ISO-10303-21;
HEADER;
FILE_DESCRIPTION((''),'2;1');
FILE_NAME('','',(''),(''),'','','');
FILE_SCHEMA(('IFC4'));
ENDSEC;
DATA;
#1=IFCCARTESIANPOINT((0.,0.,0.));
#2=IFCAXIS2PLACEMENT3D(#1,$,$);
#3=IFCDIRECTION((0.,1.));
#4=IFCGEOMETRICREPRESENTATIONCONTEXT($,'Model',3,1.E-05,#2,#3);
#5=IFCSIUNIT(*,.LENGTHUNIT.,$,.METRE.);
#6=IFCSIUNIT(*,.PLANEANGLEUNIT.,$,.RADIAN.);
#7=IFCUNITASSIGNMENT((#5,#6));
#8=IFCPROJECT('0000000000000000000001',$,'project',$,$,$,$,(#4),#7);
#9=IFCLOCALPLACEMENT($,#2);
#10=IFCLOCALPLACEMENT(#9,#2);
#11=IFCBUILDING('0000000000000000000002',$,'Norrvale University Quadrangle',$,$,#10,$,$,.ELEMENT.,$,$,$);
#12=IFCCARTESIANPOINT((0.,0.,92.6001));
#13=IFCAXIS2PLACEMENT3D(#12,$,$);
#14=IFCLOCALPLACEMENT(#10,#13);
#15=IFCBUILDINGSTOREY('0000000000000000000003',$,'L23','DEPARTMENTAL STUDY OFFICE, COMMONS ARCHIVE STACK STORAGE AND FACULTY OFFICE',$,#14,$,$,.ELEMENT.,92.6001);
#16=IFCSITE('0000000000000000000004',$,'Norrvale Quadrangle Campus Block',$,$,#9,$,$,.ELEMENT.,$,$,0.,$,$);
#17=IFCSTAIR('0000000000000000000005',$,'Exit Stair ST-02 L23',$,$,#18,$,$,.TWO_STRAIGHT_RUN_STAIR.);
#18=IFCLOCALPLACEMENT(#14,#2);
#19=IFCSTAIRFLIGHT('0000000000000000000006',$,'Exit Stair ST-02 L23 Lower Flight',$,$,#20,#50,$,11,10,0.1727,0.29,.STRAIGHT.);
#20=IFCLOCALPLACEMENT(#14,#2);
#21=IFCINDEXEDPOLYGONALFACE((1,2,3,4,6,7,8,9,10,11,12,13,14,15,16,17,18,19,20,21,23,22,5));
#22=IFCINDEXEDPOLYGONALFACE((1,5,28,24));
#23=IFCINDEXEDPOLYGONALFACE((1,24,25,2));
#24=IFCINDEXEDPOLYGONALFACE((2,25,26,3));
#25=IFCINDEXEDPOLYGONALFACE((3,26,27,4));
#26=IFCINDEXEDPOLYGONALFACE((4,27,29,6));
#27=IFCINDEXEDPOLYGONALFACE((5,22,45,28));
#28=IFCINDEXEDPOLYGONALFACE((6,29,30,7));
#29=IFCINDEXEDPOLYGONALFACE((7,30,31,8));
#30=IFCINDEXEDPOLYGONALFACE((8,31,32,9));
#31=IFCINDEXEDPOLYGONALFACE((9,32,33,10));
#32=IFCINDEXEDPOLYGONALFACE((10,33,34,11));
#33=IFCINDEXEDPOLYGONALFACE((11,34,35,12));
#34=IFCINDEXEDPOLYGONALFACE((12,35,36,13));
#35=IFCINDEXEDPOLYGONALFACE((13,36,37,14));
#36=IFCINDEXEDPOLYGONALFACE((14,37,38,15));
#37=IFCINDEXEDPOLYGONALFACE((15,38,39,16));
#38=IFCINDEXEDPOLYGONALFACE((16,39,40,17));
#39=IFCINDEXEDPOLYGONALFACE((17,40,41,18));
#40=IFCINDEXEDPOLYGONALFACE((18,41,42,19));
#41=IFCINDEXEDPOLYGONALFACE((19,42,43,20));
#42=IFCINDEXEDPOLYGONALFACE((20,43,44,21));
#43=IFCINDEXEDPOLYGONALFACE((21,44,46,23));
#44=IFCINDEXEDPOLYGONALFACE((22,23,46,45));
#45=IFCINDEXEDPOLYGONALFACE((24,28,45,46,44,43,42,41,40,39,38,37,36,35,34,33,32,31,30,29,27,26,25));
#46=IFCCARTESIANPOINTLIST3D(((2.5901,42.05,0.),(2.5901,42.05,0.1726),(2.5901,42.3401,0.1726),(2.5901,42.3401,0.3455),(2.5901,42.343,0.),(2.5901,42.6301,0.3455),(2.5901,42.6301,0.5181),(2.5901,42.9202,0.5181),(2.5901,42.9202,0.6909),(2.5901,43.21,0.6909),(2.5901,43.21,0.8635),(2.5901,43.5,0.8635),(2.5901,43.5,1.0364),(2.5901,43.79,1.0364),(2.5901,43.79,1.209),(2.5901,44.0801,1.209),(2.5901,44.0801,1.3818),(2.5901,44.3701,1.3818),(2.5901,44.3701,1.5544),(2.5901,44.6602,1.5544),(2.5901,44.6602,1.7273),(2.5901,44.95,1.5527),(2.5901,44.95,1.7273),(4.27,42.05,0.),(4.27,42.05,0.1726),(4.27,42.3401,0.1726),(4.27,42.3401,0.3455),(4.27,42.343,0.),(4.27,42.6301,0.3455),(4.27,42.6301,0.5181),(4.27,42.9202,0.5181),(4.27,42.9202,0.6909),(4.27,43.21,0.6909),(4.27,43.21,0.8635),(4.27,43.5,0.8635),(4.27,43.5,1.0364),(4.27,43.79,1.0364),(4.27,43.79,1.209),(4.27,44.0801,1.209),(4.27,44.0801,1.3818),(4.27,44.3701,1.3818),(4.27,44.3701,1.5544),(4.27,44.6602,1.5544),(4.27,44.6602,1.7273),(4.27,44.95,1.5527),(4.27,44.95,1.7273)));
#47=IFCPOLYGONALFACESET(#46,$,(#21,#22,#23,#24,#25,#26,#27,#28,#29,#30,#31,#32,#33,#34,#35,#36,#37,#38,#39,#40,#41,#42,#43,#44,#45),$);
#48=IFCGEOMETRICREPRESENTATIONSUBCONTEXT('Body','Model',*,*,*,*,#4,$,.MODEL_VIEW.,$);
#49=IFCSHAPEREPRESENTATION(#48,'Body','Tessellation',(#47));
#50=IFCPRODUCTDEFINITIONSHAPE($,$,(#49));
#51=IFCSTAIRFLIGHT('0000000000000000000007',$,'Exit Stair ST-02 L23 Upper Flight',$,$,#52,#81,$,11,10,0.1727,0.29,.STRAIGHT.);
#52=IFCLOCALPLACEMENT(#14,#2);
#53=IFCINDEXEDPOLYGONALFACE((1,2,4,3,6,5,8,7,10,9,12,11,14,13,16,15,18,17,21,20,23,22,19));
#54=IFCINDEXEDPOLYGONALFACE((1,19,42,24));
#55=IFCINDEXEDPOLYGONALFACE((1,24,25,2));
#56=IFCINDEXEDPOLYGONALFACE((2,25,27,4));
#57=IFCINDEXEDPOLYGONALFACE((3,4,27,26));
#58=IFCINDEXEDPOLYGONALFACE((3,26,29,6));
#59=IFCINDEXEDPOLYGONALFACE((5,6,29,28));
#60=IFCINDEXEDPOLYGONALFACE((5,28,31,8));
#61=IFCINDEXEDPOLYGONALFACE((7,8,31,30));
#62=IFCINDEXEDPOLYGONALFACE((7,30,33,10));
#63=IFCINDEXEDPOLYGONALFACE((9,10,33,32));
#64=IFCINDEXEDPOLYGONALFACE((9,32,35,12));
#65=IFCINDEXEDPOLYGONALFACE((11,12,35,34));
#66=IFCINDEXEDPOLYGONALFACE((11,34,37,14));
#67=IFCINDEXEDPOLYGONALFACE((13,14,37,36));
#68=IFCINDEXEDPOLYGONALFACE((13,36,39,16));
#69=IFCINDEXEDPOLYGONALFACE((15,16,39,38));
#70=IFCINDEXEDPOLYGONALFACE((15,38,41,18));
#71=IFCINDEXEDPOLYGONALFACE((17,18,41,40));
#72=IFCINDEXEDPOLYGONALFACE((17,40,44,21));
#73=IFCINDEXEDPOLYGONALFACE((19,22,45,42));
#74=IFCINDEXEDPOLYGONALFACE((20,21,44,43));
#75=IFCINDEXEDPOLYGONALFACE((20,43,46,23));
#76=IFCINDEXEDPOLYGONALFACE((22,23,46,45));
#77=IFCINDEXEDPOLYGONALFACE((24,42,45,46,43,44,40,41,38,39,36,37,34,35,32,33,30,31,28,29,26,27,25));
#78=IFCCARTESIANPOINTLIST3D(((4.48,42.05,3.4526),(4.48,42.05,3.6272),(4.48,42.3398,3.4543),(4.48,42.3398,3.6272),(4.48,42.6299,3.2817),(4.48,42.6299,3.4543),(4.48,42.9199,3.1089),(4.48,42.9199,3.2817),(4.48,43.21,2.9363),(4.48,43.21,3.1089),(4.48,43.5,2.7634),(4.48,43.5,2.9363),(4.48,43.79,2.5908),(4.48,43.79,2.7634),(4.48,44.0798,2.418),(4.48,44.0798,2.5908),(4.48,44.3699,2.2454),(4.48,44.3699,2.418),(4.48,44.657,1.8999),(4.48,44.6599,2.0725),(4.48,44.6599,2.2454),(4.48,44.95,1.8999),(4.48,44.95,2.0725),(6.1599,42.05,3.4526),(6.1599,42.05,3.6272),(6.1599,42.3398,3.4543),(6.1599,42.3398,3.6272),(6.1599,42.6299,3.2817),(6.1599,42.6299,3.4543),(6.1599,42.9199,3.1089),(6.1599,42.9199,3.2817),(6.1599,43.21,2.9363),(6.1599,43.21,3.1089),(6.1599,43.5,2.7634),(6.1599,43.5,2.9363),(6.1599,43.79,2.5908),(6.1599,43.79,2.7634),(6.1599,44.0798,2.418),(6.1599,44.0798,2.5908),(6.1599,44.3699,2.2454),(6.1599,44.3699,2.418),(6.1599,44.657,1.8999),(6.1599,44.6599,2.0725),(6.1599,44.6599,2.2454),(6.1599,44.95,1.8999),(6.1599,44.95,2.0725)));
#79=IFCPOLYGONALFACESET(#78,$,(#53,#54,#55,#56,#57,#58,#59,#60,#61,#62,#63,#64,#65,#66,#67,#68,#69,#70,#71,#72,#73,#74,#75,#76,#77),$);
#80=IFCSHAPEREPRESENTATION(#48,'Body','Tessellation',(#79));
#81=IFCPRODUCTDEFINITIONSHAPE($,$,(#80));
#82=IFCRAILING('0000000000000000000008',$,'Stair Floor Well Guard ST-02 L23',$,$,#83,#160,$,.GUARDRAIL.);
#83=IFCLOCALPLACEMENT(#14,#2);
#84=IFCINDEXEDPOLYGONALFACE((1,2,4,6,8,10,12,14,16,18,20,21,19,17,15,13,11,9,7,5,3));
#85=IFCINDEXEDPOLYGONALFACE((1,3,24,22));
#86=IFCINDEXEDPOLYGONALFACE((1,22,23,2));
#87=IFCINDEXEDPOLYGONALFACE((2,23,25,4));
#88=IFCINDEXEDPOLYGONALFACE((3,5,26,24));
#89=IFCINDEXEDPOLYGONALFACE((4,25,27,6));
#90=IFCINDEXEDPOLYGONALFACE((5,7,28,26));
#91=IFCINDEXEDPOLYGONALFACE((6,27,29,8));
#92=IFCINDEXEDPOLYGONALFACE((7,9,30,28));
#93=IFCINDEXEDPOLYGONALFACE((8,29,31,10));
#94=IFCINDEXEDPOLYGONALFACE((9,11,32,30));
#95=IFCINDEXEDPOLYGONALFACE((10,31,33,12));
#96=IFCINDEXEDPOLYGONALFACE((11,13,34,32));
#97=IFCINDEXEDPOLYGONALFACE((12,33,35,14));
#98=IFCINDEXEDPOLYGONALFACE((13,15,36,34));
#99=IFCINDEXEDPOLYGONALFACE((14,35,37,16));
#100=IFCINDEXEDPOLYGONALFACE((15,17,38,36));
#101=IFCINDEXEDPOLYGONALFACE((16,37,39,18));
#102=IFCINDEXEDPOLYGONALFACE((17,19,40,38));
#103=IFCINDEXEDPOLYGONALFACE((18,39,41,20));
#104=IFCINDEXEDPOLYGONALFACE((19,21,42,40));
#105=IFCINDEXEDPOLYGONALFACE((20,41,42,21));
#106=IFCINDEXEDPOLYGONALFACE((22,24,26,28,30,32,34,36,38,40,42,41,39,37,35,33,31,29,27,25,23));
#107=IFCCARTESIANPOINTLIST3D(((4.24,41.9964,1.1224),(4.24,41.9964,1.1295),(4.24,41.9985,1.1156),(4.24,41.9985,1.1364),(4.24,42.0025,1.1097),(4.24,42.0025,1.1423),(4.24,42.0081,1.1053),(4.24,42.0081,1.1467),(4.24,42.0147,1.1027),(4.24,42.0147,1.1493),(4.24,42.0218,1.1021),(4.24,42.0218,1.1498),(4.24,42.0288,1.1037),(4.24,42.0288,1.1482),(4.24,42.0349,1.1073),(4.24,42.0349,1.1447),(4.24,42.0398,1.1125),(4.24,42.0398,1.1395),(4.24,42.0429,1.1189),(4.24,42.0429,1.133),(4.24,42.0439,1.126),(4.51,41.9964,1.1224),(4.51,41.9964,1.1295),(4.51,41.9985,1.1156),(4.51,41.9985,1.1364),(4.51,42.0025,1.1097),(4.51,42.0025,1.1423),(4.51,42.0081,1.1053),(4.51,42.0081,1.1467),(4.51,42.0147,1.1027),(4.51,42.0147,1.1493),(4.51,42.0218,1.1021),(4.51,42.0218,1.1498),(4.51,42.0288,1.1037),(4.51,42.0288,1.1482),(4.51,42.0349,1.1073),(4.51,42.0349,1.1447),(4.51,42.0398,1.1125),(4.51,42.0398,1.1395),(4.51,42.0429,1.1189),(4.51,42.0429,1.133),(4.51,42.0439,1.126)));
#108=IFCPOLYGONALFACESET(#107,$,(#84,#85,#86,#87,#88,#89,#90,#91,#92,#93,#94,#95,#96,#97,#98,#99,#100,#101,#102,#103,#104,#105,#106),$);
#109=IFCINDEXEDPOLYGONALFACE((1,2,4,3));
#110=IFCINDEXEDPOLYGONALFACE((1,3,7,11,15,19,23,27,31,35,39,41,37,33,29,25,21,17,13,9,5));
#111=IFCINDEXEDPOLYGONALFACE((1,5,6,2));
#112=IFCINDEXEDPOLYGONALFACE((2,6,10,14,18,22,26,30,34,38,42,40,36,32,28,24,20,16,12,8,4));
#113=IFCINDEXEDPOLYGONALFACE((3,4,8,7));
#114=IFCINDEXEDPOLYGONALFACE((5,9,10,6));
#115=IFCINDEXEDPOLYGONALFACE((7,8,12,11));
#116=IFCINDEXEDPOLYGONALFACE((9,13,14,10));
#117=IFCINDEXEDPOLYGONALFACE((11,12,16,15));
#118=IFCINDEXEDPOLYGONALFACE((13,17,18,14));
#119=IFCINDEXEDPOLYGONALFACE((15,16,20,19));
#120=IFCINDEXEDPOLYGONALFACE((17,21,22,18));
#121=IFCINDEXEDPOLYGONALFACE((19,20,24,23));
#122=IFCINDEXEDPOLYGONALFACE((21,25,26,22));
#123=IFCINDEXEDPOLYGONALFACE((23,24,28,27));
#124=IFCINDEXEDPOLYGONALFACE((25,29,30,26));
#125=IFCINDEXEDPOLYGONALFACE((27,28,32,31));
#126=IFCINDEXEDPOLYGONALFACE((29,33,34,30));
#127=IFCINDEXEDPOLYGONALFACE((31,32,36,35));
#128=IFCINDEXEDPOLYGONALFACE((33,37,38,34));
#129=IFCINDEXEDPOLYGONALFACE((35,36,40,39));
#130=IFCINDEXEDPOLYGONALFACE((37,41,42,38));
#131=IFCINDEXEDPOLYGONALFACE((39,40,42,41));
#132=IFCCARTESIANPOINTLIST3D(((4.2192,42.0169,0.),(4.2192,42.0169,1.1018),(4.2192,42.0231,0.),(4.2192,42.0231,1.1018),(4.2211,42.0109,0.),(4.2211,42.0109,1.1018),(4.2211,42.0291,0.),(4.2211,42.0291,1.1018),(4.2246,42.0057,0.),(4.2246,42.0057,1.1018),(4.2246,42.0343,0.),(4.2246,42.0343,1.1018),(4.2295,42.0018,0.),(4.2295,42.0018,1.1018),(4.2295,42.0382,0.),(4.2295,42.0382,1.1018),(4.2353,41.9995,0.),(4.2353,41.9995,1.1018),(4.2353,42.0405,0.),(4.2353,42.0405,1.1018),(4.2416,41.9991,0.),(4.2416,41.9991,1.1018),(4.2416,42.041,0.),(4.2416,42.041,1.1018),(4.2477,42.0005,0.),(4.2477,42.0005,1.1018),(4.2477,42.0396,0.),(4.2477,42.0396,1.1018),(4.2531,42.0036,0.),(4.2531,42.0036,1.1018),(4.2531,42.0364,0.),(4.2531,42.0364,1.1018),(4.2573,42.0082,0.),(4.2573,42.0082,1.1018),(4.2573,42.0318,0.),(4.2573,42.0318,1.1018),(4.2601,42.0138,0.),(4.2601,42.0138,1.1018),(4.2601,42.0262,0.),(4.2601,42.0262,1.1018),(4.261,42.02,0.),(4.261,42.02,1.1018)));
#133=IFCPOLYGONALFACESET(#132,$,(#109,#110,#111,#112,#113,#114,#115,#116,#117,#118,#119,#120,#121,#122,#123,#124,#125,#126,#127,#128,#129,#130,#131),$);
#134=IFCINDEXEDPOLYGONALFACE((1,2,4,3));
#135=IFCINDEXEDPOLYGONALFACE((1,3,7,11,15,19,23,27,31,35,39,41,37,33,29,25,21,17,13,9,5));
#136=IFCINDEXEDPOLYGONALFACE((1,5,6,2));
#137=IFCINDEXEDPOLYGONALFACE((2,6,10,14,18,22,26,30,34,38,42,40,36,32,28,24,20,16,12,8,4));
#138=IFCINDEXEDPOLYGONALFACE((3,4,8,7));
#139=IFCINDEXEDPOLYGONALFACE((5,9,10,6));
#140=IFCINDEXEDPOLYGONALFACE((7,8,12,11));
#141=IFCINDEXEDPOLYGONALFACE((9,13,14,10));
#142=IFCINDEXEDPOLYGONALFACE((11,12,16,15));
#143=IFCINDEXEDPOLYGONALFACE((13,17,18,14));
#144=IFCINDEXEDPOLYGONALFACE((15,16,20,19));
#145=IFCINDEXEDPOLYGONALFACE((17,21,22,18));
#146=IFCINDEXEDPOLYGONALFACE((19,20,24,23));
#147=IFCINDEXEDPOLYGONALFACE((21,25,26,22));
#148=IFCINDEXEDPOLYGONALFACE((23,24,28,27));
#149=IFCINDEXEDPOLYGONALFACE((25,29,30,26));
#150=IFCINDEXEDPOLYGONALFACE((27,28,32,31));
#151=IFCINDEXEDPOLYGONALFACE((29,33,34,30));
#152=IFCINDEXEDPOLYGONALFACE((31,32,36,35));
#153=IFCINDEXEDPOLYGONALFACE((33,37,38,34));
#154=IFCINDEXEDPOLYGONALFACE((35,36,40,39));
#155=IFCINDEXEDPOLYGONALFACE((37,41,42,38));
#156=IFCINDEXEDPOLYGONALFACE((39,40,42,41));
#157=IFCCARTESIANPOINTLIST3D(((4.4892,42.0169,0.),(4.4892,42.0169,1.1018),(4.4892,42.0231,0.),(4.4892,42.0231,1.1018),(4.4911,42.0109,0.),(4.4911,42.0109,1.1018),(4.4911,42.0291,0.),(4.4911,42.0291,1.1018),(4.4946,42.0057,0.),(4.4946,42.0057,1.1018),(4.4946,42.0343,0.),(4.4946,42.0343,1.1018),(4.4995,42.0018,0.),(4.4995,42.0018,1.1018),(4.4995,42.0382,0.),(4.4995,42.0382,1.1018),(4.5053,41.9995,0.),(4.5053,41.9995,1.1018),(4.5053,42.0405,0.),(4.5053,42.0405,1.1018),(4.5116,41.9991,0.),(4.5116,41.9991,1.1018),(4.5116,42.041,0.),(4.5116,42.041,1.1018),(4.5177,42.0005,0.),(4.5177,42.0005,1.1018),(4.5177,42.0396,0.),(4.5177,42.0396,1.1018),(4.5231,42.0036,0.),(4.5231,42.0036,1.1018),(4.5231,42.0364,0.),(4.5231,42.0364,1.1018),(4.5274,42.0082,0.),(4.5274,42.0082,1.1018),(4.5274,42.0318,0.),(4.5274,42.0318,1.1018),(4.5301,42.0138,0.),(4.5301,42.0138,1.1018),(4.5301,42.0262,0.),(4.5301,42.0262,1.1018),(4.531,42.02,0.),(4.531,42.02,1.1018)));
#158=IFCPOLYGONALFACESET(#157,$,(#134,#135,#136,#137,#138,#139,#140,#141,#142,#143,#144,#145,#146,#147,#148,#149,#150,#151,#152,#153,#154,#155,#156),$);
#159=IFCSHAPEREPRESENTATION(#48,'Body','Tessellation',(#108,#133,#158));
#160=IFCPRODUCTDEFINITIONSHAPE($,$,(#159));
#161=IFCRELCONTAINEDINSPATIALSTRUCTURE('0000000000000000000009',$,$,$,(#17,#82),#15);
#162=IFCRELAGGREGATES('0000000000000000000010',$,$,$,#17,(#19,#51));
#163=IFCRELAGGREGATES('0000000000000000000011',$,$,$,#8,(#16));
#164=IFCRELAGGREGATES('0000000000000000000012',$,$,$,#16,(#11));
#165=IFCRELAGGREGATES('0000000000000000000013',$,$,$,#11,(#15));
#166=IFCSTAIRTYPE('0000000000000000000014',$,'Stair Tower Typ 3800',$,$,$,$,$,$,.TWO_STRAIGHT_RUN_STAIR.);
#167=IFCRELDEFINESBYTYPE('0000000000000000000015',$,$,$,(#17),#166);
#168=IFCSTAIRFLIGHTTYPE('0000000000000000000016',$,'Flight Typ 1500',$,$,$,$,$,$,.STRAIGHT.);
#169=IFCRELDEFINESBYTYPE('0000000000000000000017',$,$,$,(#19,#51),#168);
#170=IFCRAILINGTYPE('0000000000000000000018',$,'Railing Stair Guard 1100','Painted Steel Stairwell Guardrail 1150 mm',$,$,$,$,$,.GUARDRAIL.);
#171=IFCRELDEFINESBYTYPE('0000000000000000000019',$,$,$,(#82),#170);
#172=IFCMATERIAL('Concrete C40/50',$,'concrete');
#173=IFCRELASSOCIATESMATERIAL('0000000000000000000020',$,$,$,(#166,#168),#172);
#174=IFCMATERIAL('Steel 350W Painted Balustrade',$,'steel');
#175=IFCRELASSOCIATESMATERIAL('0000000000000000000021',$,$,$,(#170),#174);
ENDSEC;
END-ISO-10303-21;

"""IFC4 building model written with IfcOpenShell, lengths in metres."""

from ifc_helpers import new_model, si_unit, direction, frame, origin, origin_2d, place, context, subcontext, project, spatial, polyline, circle, outline, extrude, material, type_object, element, aggregate, save


model = new_model("IFC4")

# Units and contexts
model_context = context("Model", 3, precision=1e-05, world=origin(), true_north=direction((0.0, 1.0)))
body_context = subcontext(model_context, "Body", "Model", "MODEL_VIEW")
ifc_project = project(units=[si_unit("LENGTHUNIT", "METRE"), si_unit("PLANEANGLEUNIT", "RADIAN")], contexts=[model_context])

# Site, building, storey
site_placement = place(None, origin())
site = spatial("IfcSite", under=ifc_project, at=site_placement, Name="Norrvale Quadrangle Campus Block", CompositionType="ELEMENT", RefElevation=0.0)
building_placement = place(site_placement, origin())
building = spatial("IfcBuilding", under=site, at=building_placement, Name="Norrvale University Quadrangle", CompositionType="ELEMENT")
storey_placement = place(building_placement, frame((0.0, 0.0, 92.6001)))
storey = spatial("IfcBuildingStorey", under=building, at=storey_placement, Name="L23", Description="DEPARTMENTAL STUDY OFFICE, COMMONS ARCHIVE STACK STORAGE AND FACULTY OFFICE", CompositionType="ELEMENT", Elevation=92.6001)

# Stair, stair flights
ifc_material_1 = material(Name="Concrete C40/50", Category="concrete")
stair_type = type_object("IfcStairType", Name="Stair Tower Typ 3800", PredefinedType="TWO_STRAIGHT_RUN_STAIR", material=ifc_material_1)
stair_placement = place(storey_placement, origin())
stair = element("IfcStair", 1, at=stair_placement, inside=storey, type_object=stair_type, Name="Exit Stair ST-02 L23", PredefinedType="TWO_STRAIGHT_RUN_STAIR")
stair_flight_type = type_object("IfcStairFlightType", Name="Flight Typ 1500", PredefinedType="STRAIGHT", material=ifc_material_1)
stair_flight_1_placement = place(storey_placement, frame((3.4299, 42.05, 0.0), z_axis=(0.0, 0.0, 1.0), x_axis=(0.0, 1.0, 0.0)))
stair_flight_1 = element("IfcStairFlight", 2, at=stair_flight_1_placement, type_object=stair_flight_type, Name="Exit Stair ST-02 L23 Lower Flight", NumberOfRisers=11, NumberOfTreads=10, PredefinedType="STRAIGHT", RiserHeight=0.1727, TreadLength=0.29, context=body_context, shape_type="SweptSolid", body=[
    extrude(outline(polyline([(0.0, 0.0), (0.0, 0.1726), (0.29, 0.1726), (0.29, 0.3455), (0.5801, 0.3455), (0.5801, 0.5181), (0.8701, 0.5181), (0.8701, 0.6909), (1.1599, 0.6909), (1.1599, 0.8635), (1.45, 0.8635), (1.45, 1.0364), (1.74, 1.0364), (1.74, 1.209), (2.03, 1.209), (2.03, 1.3818), (2.3201, 1.3818), (2.3201, 1.5544), (2.6101, 1.5544), (2.6101, 1.7273), (2.8999, 1.7273), (2.8999, 1.8999), (2.8999, 1.5527), (0.293, 0.0), (0.0, 0.0)])), frame((0.0, 0.8398, 0.0), z_axis=(0.0, -1.0, 0.0), x_axis=(1.0, 0.0, 0.0)), (0.0, 0.0, 1.0), 1.6799),
])
stair_flight_2_placement = place(storey_placement, frame((5.3201, 44.95, 1.8999), z_axis=(0.0, 0.0, 1.0), x_axis=(0.0, -1.0, 0.0)))
stair_flight_2 = element("IfcStairFlight", 3, at=stair_flight_2_placement, type_object=stair_flight_type, Name="Exit Stair ST-02 L23 Upper Flight", NumberOfRisers=11, NumberOfTreads=10, PredefinedType="STRAIGHT", RiserHeight=0.1727, TreadLength=0.29, context=body_context, shape_type="SweptSolid", body=[
    extrude(outline(polyline([(0.0, 0.0), (0.0, 0.1726), (0.29, 0.1726), (0.29, 0.3455), (0.5801, 0.3455), (0.5801, 0.5181), (0.8701, 0.5181), (0.8701, 0.6909), (1.1599, 0.6909), (1.1599, 0.8635), (1.45, 0.8635), (1.45, 1.0364), (1.74, 1.0364), (1.74, 1.209), (2.03, 1.209), (2.03, 1.3818), (2.3201, 1.3818), (2.3201, 1.5544), (2.6101, 1.5544), (2.6101, 1.7273), (2.8999, 1.7273), (2.8999, 1.8999), (2.8999, 1.5527), (0.293, 0.0), (0.0, 0.0)])), frame((0.0, 0.8398, 0.0), z_axis=(0.0, -1.0, 0.0), x_axis=(1.0, 0.0, 0.0)), (0.0, 0.0, 1.0), 1.6799),
])
aggregate(stair, [stair_flight_1, stair_flight_2])

# Railing
ifc_material_2 = material(Name="Steel 350W Painted Balustrade", Category="steel")
railing_type_1 = type_object("IfcRailingType", Name="Railing Stair Guard 1100", Description="Painted Steel Stairwell Guardrail 1150 mm", PredefinedType="GUARDRAIL", material=ifc_material_2)
for number, where, name in (
    (4, (4.24, 42.02, 0.0), "Stair Floor Well Guard ST-02 L23"),
):
    element("IfcRailing", number, at=place(storey_placement, frame(where)), inside=storey, type_object=railing_type_1, Name=name, PredefinedType="GUARDRAIL", context=body_context, shape_type="SweptSolid", body=[
        extrude(circle(Radius=0.0239, at=origin_2d()), frame((0.0, 0.0, 1.126), z_axis=(1.0, 0.0, 0.0), x_axis=(0.0, 1.0, 0.0)), (0.0, 0.0, 1.0), 0.27),
        extrude(circle(Radius=0.021, at=origin_2d()), origin(), (0.0, 0.0, 1.0), 1.1018),
        extrude(circle(Radius=0.021, at=origin_2d()), frame((0.27, 0.0, 0.0)), (0.0, 0.0, 1.0), 1.1018),
    ])

save(model, "model.ifc")
